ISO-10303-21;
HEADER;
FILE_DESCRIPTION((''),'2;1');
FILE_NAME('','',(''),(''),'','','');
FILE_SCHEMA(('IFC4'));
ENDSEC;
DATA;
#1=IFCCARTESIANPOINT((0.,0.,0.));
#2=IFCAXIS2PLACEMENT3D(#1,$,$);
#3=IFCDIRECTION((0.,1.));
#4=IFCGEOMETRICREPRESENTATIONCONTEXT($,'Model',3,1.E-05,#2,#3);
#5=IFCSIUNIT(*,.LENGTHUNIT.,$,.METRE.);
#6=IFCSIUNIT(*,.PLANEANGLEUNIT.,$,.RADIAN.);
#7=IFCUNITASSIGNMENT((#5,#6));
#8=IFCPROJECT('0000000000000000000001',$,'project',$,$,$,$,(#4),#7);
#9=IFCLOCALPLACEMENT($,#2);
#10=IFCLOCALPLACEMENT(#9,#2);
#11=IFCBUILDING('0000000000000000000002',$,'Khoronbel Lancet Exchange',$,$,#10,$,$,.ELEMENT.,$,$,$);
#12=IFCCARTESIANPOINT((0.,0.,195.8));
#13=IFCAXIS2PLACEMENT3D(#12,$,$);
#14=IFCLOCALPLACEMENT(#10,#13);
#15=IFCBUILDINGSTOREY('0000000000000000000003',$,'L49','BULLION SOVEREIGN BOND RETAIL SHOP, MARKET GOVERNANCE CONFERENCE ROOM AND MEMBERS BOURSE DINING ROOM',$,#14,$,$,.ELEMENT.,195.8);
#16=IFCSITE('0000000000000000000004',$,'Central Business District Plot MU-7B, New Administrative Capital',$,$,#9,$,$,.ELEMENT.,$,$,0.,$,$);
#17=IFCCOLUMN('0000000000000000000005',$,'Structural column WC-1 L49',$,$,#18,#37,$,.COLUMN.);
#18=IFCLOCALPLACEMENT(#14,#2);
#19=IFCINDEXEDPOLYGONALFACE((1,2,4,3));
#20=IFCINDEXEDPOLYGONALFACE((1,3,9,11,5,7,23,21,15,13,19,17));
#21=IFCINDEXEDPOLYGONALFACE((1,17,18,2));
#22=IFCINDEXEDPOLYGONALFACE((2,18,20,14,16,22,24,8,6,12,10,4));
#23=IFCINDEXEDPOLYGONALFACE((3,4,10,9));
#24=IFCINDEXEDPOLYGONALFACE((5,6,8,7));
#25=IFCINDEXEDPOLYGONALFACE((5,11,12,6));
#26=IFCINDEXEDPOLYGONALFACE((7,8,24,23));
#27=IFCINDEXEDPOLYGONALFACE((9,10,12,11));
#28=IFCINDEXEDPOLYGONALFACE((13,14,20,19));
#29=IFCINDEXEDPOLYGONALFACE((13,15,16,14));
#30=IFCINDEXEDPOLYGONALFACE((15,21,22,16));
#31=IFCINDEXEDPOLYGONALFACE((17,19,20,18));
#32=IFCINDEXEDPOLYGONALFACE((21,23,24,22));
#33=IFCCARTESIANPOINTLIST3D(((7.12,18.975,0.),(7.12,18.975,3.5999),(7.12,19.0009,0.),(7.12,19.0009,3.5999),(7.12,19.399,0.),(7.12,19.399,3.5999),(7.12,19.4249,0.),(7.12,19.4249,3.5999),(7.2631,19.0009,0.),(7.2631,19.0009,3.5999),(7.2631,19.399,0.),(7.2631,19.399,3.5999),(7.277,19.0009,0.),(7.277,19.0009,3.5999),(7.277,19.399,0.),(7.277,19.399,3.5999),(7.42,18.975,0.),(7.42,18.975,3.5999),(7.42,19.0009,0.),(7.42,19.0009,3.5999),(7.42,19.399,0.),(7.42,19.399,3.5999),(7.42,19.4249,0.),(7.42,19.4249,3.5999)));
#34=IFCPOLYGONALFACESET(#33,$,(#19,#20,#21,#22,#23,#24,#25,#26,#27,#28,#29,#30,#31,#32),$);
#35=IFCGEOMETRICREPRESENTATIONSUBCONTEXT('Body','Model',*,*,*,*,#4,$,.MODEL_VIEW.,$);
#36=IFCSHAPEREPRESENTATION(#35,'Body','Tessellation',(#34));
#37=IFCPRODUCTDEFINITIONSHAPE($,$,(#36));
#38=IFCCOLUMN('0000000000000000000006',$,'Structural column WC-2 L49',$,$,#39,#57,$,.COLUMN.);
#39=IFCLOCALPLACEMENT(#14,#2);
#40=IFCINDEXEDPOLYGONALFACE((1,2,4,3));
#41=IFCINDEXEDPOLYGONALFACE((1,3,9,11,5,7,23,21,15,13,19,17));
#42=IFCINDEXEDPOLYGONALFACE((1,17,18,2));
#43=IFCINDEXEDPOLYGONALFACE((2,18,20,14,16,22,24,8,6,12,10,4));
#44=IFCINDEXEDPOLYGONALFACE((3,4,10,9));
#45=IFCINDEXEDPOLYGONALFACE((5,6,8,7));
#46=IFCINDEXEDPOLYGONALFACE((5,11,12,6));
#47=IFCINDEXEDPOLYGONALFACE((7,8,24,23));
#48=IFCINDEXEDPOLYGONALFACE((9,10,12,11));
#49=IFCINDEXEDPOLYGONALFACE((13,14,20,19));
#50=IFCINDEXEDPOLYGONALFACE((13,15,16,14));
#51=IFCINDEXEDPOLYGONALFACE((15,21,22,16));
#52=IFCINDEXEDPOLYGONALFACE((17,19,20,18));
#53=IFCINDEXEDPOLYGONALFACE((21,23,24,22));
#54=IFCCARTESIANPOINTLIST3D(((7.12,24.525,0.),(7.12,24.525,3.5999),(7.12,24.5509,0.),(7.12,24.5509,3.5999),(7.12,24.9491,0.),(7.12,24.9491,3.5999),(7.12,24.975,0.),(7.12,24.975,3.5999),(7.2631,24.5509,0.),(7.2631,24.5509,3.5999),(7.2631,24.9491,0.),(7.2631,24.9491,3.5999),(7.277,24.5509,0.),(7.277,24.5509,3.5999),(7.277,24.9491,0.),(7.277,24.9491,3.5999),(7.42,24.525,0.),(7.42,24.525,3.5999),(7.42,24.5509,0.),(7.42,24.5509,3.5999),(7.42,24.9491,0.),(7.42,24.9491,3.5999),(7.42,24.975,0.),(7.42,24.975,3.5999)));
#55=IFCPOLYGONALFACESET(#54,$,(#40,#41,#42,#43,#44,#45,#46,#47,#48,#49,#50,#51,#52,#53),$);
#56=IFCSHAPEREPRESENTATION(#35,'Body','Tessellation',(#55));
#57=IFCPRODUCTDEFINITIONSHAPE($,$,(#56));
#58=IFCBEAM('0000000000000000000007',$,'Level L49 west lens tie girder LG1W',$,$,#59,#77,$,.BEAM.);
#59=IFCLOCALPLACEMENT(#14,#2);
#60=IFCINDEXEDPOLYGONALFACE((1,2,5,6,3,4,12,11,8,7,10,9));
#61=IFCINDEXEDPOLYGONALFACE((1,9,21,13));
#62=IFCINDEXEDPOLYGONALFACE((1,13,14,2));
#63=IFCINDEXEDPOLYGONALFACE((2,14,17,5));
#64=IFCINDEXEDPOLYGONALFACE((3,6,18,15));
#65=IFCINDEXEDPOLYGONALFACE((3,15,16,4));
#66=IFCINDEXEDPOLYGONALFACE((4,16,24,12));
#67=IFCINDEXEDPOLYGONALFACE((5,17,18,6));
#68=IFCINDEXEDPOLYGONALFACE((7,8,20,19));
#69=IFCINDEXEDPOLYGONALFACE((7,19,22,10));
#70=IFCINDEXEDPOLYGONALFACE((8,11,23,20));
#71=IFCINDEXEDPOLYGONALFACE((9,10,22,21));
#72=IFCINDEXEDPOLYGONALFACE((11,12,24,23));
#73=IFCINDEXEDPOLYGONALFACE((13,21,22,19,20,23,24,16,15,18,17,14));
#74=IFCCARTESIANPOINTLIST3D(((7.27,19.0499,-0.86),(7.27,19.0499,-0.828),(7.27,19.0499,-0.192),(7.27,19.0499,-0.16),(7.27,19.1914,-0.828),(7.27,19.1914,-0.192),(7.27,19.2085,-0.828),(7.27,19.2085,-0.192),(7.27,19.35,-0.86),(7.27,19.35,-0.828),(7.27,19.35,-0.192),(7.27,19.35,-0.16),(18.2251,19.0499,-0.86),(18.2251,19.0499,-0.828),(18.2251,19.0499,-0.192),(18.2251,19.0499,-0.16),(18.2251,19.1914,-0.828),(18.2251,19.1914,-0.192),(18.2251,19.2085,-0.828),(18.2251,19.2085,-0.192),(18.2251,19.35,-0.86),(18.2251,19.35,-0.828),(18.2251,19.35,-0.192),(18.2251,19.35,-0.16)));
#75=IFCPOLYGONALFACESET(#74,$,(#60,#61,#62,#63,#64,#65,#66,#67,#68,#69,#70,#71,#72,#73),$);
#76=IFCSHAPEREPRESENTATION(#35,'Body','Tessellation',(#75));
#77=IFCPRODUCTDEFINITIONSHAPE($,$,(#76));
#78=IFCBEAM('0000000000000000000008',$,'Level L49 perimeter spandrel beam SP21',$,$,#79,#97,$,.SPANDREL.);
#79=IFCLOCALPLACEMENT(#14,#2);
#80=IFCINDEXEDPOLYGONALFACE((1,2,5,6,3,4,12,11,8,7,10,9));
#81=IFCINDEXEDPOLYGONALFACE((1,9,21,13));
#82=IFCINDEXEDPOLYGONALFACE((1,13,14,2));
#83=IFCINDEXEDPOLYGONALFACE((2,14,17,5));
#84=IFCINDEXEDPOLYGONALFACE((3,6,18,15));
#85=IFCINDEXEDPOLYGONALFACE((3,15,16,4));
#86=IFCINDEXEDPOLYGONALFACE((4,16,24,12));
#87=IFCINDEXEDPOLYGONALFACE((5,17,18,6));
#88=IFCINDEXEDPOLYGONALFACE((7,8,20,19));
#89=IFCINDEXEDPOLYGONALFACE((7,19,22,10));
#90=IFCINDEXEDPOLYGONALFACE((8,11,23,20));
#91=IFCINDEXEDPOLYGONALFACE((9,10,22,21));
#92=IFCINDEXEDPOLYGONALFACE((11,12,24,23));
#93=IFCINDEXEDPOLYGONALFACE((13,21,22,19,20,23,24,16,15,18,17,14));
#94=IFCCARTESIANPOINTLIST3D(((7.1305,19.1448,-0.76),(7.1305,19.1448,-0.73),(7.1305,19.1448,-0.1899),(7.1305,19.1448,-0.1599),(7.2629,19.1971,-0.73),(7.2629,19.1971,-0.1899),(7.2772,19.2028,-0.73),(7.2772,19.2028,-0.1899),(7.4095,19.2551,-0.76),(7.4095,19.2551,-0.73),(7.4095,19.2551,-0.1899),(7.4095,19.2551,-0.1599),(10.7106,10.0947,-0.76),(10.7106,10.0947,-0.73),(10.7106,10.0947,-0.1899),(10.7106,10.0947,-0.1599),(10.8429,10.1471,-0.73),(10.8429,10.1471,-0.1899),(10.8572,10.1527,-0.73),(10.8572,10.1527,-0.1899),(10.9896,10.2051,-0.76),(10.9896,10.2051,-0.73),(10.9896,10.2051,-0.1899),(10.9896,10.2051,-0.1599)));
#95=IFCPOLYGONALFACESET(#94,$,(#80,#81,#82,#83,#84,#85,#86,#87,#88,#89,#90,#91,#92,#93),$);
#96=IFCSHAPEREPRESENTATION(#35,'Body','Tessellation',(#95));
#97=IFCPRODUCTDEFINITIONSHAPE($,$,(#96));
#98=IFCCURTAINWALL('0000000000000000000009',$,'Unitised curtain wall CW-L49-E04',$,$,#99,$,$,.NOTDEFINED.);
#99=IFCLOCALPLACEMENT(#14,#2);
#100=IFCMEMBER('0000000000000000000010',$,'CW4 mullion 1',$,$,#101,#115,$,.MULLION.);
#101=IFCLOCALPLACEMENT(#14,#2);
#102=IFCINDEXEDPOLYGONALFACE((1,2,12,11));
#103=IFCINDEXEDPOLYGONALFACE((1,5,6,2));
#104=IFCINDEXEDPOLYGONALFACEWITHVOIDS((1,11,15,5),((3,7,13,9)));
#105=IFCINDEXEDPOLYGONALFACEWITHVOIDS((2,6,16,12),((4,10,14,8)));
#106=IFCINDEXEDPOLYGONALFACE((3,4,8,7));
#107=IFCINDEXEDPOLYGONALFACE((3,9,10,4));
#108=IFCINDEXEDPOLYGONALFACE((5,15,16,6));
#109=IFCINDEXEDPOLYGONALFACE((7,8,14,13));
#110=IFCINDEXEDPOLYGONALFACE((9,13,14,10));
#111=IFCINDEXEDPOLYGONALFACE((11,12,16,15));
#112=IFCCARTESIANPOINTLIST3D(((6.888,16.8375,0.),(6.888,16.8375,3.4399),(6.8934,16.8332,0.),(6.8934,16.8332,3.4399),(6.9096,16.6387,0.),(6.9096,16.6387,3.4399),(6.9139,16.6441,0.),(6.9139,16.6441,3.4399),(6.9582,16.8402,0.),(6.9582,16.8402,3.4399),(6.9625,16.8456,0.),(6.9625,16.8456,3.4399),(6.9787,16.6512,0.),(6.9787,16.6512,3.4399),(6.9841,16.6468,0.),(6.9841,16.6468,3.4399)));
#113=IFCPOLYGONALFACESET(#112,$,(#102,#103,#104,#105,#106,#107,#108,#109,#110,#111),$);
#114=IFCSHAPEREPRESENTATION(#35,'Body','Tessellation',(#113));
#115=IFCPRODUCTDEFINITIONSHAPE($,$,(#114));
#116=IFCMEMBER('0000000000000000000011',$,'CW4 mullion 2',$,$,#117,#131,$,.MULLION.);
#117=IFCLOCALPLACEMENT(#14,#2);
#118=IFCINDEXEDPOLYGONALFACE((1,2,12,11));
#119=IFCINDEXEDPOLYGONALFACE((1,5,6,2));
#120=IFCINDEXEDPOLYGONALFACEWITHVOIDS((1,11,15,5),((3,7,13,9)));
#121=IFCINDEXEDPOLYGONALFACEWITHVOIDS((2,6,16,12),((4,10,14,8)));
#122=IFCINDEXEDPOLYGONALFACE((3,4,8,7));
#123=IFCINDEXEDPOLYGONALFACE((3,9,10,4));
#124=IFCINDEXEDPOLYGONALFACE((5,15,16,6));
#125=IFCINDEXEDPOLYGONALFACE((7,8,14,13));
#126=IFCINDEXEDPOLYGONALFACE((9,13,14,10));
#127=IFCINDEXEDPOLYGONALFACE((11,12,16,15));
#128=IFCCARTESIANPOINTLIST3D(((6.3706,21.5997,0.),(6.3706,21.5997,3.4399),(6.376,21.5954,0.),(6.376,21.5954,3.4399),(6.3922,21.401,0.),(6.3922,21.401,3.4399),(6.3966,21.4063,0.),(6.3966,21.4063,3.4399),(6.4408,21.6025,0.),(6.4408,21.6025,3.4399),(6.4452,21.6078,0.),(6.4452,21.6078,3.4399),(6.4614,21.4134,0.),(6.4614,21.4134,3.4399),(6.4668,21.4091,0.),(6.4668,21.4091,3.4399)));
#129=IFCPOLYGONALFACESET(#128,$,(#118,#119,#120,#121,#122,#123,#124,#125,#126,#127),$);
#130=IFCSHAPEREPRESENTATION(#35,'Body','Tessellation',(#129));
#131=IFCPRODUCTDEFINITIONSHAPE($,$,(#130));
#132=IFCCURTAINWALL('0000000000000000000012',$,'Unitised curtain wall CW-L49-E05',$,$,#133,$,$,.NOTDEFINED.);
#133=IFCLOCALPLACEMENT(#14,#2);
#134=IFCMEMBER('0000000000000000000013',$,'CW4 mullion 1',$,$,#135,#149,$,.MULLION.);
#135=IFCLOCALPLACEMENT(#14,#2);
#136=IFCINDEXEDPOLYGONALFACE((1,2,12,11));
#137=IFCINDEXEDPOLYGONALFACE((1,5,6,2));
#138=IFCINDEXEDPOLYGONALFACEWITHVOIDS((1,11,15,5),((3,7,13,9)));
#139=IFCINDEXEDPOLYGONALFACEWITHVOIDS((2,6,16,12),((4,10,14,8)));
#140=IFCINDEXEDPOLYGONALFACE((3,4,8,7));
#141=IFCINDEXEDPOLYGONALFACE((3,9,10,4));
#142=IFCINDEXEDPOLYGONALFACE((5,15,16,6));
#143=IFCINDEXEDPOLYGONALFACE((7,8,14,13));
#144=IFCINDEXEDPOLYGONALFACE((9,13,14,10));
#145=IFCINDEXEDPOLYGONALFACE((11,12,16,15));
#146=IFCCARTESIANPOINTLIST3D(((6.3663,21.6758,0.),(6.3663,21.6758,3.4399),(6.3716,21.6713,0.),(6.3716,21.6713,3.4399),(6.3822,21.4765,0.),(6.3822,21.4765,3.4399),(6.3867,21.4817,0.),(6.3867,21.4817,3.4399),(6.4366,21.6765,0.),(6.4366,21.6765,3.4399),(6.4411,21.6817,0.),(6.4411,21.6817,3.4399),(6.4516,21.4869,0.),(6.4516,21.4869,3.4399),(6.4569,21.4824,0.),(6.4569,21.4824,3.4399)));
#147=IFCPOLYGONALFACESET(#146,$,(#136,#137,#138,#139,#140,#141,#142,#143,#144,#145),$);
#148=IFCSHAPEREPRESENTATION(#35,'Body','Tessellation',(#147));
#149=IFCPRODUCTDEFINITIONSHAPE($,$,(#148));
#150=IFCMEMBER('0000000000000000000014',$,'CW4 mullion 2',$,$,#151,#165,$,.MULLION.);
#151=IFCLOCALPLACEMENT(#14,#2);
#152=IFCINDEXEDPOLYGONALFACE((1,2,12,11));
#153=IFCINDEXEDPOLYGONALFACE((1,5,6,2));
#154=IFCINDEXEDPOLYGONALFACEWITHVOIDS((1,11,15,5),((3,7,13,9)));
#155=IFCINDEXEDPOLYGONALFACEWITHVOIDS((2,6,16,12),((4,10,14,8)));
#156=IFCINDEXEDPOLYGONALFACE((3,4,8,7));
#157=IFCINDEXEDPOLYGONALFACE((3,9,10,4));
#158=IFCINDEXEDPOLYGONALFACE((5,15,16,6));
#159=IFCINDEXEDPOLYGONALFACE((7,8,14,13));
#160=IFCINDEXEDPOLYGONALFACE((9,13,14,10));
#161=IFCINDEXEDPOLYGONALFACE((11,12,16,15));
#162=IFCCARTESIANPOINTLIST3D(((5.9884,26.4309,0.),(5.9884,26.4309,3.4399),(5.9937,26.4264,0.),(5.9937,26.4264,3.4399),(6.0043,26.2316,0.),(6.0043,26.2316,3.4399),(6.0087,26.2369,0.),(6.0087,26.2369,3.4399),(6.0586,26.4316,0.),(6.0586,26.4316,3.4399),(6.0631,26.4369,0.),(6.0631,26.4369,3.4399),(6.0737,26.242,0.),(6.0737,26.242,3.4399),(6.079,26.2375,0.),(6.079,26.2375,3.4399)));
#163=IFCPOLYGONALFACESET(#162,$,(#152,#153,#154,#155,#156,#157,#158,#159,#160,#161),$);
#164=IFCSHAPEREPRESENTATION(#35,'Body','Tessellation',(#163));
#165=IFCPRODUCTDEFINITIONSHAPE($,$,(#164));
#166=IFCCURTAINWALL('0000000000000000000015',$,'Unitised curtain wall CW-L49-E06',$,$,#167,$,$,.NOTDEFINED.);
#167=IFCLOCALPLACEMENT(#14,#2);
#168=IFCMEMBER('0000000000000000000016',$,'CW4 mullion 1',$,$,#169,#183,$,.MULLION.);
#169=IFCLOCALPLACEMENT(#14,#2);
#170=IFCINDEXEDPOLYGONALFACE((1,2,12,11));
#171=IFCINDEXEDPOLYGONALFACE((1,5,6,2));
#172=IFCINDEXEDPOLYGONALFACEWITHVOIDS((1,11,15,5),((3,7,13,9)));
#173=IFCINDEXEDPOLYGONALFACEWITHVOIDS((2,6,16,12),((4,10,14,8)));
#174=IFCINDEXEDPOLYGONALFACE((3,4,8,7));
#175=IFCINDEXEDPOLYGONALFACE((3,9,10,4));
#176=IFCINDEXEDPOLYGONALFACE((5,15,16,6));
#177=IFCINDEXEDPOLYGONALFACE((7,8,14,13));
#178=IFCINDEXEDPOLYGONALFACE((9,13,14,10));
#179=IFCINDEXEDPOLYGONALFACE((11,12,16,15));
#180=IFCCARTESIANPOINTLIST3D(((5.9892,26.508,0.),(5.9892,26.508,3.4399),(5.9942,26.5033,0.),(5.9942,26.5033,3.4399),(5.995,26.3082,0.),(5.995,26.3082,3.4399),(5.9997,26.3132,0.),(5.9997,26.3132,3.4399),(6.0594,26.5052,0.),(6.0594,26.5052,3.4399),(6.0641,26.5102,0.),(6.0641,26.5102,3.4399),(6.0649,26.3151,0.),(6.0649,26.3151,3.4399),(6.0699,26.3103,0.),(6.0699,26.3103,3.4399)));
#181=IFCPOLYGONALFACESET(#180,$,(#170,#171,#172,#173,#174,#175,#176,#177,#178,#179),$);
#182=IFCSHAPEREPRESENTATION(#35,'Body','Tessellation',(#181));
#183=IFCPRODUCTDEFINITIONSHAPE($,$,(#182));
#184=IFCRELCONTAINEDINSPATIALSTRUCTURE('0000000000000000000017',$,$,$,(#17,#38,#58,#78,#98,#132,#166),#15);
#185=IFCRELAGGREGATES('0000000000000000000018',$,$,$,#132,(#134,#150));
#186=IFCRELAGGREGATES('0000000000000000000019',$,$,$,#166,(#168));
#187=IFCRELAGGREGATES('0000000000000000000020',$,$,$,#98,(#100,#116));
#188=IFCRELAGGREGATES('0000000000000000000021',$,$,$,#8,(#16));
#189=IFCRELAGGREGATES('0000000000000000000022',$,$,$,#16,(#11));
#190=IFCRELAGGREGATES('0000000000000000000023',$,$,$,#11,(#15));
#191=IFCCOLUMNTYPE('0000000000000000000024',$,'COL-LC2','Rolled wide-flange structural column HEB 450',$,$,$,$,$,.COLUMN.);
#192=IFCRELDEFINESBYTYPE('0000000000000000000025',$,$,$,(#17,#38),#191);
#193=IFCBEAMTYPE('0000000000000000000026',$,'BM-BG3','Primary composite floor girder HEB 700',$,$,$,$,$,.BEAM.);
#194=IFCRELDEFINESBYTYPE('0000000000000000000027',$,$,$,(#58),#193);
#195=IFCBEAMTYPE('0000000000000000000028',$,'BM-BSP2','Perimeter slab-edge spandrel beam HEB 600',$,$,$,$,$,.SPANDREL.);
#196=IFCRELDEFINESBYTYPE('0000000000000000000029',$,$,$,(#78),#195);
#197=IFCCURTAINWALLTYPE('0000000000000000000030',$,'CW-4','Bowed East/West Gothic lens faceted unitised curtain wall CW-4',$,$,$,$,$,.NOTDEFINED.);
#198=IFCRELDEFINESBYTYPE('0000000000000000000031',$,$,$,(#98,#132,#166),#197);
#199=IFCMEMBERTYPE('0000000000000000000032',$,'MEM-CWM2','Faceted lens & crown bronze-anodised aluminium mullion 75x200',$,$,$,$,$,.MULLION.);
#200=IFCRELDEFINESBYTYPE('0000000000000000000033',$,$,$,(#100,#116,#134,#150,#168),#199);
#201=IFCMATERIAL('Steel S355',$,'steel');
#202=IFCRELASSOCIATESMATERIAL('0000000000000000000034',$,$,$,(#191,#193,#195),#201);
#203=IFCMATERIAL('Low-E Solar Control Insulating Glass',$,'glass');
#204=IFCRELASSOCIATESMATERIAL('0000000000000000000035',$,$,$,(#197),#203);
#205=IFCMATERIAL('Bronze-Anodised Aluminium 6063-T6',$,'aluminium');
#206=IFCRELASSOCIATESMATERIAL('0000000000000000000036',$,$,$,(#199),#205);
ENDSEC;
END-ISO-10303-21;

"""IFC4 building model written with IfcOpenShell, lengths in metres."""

from ifc_helpers import new_model, si_unit, direction, frame, origin, origin_2d, place, context, subcontext, project, spatial, hollow_rectangle, i_section, extrude, material, material_profile, profile_set, type_object, element, aggregate, save


model = new_model("IFC4")

# Units and contexts
model_context = context("Model", 3, precision=1e-05, world=origin(), true_north=direction((0.0, 1.0)))
body_context = subcontext(model_context, "Body", "Model", "MODEL_VIEW")
ifc_project = project(units=[si_unit("LENGTHUNIT", "METRE"), si_unit("PLANEANGLEUNIT", "RADIAN")], contexts=[model_context])

# Site, building, storey
site_placement = place(None, origin())
site = spatial("IfcSite", under=ifc_project, at=site_placement, Name="Central Business District Plot MU-7B, New Administrative Capital", CompositionType="ELEMENT", RefElevation=0.0)
building_placement = place(site_placement, origin())
building = spatial("IfcBuilding", under=site, at=building_placement, Name="Khoronbel Lancet Exchange", CompositionType="ELEMENT")
storey_placement = place(building_placement, frame((0.0, 0.0, 195.8)))
storey = spatial("IfcBuildingStorey", under=building, at=storey_placement, Name="L49", Description="BULLION SOVEREIGN BOND RETAIL SHOP, MARKET GOVERNANCE CONFERENCE ROOM AND MEMBERS BOURSE DINING ROOM", CompositionType="ELEMENT", Elevation=195.8)

# Columns
ifc_material_1 = material(Name="Steel S355", Category="steel")
ifc_material_profile_1 = material_profile(ifc_material_1, i_section(OverallWidth=0.3, OverallDepth=0.45, WebThickness=0.0139, FlangeThickness=0.0259, at=origin_2d()), Name="HEB 450")
ifc_profile_set_1 = profile_set([ifc_material_profile_1], Name="Steel S355")
column_type = type_object("IfcColumnType", Name="COL-LC2", Description="Rolled wide-flange structural column HEB 450", PredefinedType="COLUMN", material=ifc_profile_set_1)
for number, where, z_axis, x_axis, name in (
    (1, (7.27, 19.2, 0.0), (0.0, 0.0, 1.0), (1.0, 0.0, 0.0), "Structural column WC-1 L49"),
    (2, (7.27, 24.75, 0.0), (0.0, 0.0, 1.0), (1.0, 0.0, 0.0), "Structural column WC-2 L49"),
):
    element("IfcColumn", number, at=place(storey_placement, frame(where, z_axis=z_axis, x_axis=x_axis)), inside=storey, type_object=column_type, Name=name, PredefinedType="COLUMN", context=body_context, shape_type="SweptSolid", body=[
        extrude(i_section(OverallWidth=0.3, OverallDepth=0.45, WebThickness=0.0139, FlangeThickness=0.0259, at=origin_2d()), origin(), (0.0, 0.0, 1.0), 3.5999),
    ])

# Beams
ifc_material_profile_2 = material_profile(ifc_material_1, i_section(OverallWidth=0.3, OverallDepth=0.7, WebThickness=0.0171, FlangeThickness=0.032, at=origin_2d()), Name="HEB 700")
ifc_profile_set_2 = profile_set([ifc_material_profile_2], Name="Steel S355")
beam_type_1 = type_object("IfcBeamType", Name="BM-BG3", Description="Primary composite floor girder HEB 700", PredefinedType="BEAM", material=ifc_profile_set_2)
beam_1_placement = place(storey_placement, frame((7.27, 19.2, -0.51), z_axis=(1.0, 0.0, 0.0), x_axis=(0.0, 1.0, 0.0)))
element("IfcBeam", 3, at=beam_1_placement, inside=storey, type_object=beam_type_1, Name="Level L49 west lens tie girder LG1W", PredefinedType="BEAM", context=body_context, shape_type="SweptSolid", body=[
    extrude(i_section(OverallWidth=0.3, OverallDepth=0.7, WebThickness=0.0171, FlangeThickness=0.032, at=origin_2d()), origin(), (0.0, 0.0, 1.0), 10.9551),
])
ifc_material_profile_3 = material_profile(ifc_material_1, i_section(OverallWidth=0.3, OverallDepth=0.6001, WebThickness=0.0154, FlangeThickness=0.03, at=origin_2d()), Name="HEB 600")
ifc_profile_set_3 = profile_set([ifc_material_profile_3], Name="Steel S355")
beam_type_2 = type_object("IfcBeamType", Name="BM-BSP2", Description="Perimeter slab-edge spandrel beam HEB 600", PredefinedType="SPANDREL", material=ifc_profile_set_3)
beam_2_placement = place(storey_placement, frame((7.27, 19.2, -0.46), z_axis=(0.36785, -0.929885, 0.0), x_axis=(0.929885, 0.36785, 0.0)))
element("IfcBeam", 4, at=beam_2_placement, inside=storey, type_object=beam_type_2, Name="Level L49 perimeter spandrel beam SP21", PredefinedType="SPANDREL", context=body_context, shape_type="SweptSolid", body=[
    extrude(i_section(OverallWidth=0.3, OverallDepth=0.6001, WebThickness=0.0154, FlangeThickness=0.03, at=origin_2d()), origin(), (0.0, 0.0, 1.0), 9.7324),
])

# Curtain walls, members
ifc_material_2 = material(Name="Low-E Solar Control Insulating Glass", Category="glass")
curtain_wall_type = type_object("IfcCurtainWallType", Name="CW-4", Description="Bowed East/West Gothic lens faceted unitised curtain wall CW-4", PredefinedType="NOTDEFINED", material=ifc_material_2)
curtain_wall_1_placement = place(storey_placement, origin())
curtain_wall_1 = element("IfcCurtainWall", 5, at=curtain_wall_1_placement, inside=storey, type_object=curtain_wall_type, Name="Unitised curtain wall CW-L49-E04", PredefinedType="NOTDEFINED")
ifc_material_3 = material(Name="Bronze-Anodised Aluminium 6063-T6", Category="aluminium")
ifc_material_profile_4 = material_profile(ifc_material_3, hollow_rectangle(XDim=0.075, YDim=0.2, WallThickness=0.0049, at=origin_2d()), Name="ALU MULLION 75x200")
ifc_profile_set_4 = profile_set([ifc_material_profile_4], Name="Bronze-Anodised Aluminium 6063-T6")
member_type_1 = type_object("IfcMemberType", Name="MEM-CWM2", Description="Faceted lens & crown bronze-anodised aluminium mullion 75x200", PredefinedType="MULLION", material=ifc_profile_set_4)
member_1_placement = place(storey_placement, frame((6.936, 16.7422, 0.0), z_axis=(0.0, 0.0, 1.0), x_axis=(-0.994152, -0.10799, 0.0)))
member_1 = element("IfcMember", 6, at=member_1_placement, type_object=member_type_1, Name="CW4 mullion 1", PredefinedType="MULLION", context=body_context, shape_type="SweptSolid", body=[
    extrude(hollow_rectangle(XDim=0.075, YDim=0.2, WallThickness=0.0049, at=origin_2d()), origin(), (0.0, 0.0, 1.0), 3.4399),
])
member_2_placement = place(storey_placement, frame((6.4187, 21.5044, 0.0), z_axis=(0.0, 0.0, 1.0), x_axis=(-0.994152, -0.10799, 0.0)))
member_2 = element("IfcMember", 7, at=member_2_placement, type_object=member_type_1, Name="CW4 mullion 2", PredefinedType="MULLION", context=body_context, shape_type="SweptSolid", body=[
    extrude(hollow_rectangle(XDim=0.075, YDim=0.2, WallThickness=0.0049, at=origin_2d()), origin(), (0.0, 0.0, 1.0), 3.4399),
])
curtain_wall_2_placement = place(storey_placement, origin())
curtain_wall_2 = element("IfcCurtainWall", 8, at=curtain_wall_2_placement, inside=storey, type_object=curtain_wall_type, Name="Unitised curtain wall CW-L49-E05", PredefinedType="NOTDEFINED")
member_3_placement = place(storey_placement, frame((6.4116, 21.5791, 0.0), z_axis=(0.0, 0.0, 1.0), x_axis=(-0.996854, -0.079255, 0.0)))
member_3 = element("IfcMember", 9, at=member_3_placement, type_object=member_type_1, Name="CW4 mullion 1", PredefinedType="MULLION", context=body_context, shape_type="SweptSolid", body=[
    extrude(hollow_rectangle(XDim=0.075, YDim=0.2, WallThickness=0.0049, at=origin_2d()), origin(), (0.0, 0.0, 1.0), 3.4399),
])
member_4_placement = place(storey_placement, frame((6.0337, 26.3342, 0.0), z_axis=(0.0, 0.0, 1.0), x_axis=(-0.996854, -0.079255, 0.0)))
member_4 = element("IfcMember", 10, at=member_4_placement, type_object=member_type_1, Name="CW4 mullion 2", PredefinedType="MULLION", context=body_context, shape_type="SweptSolid", body=[
    extrude(hollow_rectangle(XDim=0.075, YDim=0.2, WallThickness=0.0049, at=origin_2d()), origin(), (0.0, 0.0, 1.0), 3.4399),
])
curtain_wall_3_placement = place(storey_placement, origin())
curtain_wall_3 = element("IfcCurtainWall", 11, at=curtain_wall_3_placement, inside=storey, type_object=curtain_wall_type, Name="Unitised curtain wall CW-L49-E06", PredefinedType="NOTDEFINED")
member_5_placement = place(storey_placement, frame((6.0295, 26.4092, 0.0), z_axis=(0.0, 0.0, 1.0), x_axis=(-0.999576, -0.029107, 0.0)))
member_5 = element("IfcMember", 12, at=member_5_placement, type_object=member_type_1, Name="CW4 mullion 1", PredefinedType="MULLION", context=body_context, shape_type="SweptSolid", body=[
    extrude(hollow_rectangle(XDim=0.075, YDim=0.2, WallThickness=0.0049, at=origin_2d()), origin(), (0.0, 0.0, 1.0), 3.4399),
])

aggregate(curtain_wall_2, [member_3, member_4])
aggregate(curtain_wall_3, [member_5])
aggregate(curtain_wall_1, [member_1, member_2])

save(model, "model.ifc")
